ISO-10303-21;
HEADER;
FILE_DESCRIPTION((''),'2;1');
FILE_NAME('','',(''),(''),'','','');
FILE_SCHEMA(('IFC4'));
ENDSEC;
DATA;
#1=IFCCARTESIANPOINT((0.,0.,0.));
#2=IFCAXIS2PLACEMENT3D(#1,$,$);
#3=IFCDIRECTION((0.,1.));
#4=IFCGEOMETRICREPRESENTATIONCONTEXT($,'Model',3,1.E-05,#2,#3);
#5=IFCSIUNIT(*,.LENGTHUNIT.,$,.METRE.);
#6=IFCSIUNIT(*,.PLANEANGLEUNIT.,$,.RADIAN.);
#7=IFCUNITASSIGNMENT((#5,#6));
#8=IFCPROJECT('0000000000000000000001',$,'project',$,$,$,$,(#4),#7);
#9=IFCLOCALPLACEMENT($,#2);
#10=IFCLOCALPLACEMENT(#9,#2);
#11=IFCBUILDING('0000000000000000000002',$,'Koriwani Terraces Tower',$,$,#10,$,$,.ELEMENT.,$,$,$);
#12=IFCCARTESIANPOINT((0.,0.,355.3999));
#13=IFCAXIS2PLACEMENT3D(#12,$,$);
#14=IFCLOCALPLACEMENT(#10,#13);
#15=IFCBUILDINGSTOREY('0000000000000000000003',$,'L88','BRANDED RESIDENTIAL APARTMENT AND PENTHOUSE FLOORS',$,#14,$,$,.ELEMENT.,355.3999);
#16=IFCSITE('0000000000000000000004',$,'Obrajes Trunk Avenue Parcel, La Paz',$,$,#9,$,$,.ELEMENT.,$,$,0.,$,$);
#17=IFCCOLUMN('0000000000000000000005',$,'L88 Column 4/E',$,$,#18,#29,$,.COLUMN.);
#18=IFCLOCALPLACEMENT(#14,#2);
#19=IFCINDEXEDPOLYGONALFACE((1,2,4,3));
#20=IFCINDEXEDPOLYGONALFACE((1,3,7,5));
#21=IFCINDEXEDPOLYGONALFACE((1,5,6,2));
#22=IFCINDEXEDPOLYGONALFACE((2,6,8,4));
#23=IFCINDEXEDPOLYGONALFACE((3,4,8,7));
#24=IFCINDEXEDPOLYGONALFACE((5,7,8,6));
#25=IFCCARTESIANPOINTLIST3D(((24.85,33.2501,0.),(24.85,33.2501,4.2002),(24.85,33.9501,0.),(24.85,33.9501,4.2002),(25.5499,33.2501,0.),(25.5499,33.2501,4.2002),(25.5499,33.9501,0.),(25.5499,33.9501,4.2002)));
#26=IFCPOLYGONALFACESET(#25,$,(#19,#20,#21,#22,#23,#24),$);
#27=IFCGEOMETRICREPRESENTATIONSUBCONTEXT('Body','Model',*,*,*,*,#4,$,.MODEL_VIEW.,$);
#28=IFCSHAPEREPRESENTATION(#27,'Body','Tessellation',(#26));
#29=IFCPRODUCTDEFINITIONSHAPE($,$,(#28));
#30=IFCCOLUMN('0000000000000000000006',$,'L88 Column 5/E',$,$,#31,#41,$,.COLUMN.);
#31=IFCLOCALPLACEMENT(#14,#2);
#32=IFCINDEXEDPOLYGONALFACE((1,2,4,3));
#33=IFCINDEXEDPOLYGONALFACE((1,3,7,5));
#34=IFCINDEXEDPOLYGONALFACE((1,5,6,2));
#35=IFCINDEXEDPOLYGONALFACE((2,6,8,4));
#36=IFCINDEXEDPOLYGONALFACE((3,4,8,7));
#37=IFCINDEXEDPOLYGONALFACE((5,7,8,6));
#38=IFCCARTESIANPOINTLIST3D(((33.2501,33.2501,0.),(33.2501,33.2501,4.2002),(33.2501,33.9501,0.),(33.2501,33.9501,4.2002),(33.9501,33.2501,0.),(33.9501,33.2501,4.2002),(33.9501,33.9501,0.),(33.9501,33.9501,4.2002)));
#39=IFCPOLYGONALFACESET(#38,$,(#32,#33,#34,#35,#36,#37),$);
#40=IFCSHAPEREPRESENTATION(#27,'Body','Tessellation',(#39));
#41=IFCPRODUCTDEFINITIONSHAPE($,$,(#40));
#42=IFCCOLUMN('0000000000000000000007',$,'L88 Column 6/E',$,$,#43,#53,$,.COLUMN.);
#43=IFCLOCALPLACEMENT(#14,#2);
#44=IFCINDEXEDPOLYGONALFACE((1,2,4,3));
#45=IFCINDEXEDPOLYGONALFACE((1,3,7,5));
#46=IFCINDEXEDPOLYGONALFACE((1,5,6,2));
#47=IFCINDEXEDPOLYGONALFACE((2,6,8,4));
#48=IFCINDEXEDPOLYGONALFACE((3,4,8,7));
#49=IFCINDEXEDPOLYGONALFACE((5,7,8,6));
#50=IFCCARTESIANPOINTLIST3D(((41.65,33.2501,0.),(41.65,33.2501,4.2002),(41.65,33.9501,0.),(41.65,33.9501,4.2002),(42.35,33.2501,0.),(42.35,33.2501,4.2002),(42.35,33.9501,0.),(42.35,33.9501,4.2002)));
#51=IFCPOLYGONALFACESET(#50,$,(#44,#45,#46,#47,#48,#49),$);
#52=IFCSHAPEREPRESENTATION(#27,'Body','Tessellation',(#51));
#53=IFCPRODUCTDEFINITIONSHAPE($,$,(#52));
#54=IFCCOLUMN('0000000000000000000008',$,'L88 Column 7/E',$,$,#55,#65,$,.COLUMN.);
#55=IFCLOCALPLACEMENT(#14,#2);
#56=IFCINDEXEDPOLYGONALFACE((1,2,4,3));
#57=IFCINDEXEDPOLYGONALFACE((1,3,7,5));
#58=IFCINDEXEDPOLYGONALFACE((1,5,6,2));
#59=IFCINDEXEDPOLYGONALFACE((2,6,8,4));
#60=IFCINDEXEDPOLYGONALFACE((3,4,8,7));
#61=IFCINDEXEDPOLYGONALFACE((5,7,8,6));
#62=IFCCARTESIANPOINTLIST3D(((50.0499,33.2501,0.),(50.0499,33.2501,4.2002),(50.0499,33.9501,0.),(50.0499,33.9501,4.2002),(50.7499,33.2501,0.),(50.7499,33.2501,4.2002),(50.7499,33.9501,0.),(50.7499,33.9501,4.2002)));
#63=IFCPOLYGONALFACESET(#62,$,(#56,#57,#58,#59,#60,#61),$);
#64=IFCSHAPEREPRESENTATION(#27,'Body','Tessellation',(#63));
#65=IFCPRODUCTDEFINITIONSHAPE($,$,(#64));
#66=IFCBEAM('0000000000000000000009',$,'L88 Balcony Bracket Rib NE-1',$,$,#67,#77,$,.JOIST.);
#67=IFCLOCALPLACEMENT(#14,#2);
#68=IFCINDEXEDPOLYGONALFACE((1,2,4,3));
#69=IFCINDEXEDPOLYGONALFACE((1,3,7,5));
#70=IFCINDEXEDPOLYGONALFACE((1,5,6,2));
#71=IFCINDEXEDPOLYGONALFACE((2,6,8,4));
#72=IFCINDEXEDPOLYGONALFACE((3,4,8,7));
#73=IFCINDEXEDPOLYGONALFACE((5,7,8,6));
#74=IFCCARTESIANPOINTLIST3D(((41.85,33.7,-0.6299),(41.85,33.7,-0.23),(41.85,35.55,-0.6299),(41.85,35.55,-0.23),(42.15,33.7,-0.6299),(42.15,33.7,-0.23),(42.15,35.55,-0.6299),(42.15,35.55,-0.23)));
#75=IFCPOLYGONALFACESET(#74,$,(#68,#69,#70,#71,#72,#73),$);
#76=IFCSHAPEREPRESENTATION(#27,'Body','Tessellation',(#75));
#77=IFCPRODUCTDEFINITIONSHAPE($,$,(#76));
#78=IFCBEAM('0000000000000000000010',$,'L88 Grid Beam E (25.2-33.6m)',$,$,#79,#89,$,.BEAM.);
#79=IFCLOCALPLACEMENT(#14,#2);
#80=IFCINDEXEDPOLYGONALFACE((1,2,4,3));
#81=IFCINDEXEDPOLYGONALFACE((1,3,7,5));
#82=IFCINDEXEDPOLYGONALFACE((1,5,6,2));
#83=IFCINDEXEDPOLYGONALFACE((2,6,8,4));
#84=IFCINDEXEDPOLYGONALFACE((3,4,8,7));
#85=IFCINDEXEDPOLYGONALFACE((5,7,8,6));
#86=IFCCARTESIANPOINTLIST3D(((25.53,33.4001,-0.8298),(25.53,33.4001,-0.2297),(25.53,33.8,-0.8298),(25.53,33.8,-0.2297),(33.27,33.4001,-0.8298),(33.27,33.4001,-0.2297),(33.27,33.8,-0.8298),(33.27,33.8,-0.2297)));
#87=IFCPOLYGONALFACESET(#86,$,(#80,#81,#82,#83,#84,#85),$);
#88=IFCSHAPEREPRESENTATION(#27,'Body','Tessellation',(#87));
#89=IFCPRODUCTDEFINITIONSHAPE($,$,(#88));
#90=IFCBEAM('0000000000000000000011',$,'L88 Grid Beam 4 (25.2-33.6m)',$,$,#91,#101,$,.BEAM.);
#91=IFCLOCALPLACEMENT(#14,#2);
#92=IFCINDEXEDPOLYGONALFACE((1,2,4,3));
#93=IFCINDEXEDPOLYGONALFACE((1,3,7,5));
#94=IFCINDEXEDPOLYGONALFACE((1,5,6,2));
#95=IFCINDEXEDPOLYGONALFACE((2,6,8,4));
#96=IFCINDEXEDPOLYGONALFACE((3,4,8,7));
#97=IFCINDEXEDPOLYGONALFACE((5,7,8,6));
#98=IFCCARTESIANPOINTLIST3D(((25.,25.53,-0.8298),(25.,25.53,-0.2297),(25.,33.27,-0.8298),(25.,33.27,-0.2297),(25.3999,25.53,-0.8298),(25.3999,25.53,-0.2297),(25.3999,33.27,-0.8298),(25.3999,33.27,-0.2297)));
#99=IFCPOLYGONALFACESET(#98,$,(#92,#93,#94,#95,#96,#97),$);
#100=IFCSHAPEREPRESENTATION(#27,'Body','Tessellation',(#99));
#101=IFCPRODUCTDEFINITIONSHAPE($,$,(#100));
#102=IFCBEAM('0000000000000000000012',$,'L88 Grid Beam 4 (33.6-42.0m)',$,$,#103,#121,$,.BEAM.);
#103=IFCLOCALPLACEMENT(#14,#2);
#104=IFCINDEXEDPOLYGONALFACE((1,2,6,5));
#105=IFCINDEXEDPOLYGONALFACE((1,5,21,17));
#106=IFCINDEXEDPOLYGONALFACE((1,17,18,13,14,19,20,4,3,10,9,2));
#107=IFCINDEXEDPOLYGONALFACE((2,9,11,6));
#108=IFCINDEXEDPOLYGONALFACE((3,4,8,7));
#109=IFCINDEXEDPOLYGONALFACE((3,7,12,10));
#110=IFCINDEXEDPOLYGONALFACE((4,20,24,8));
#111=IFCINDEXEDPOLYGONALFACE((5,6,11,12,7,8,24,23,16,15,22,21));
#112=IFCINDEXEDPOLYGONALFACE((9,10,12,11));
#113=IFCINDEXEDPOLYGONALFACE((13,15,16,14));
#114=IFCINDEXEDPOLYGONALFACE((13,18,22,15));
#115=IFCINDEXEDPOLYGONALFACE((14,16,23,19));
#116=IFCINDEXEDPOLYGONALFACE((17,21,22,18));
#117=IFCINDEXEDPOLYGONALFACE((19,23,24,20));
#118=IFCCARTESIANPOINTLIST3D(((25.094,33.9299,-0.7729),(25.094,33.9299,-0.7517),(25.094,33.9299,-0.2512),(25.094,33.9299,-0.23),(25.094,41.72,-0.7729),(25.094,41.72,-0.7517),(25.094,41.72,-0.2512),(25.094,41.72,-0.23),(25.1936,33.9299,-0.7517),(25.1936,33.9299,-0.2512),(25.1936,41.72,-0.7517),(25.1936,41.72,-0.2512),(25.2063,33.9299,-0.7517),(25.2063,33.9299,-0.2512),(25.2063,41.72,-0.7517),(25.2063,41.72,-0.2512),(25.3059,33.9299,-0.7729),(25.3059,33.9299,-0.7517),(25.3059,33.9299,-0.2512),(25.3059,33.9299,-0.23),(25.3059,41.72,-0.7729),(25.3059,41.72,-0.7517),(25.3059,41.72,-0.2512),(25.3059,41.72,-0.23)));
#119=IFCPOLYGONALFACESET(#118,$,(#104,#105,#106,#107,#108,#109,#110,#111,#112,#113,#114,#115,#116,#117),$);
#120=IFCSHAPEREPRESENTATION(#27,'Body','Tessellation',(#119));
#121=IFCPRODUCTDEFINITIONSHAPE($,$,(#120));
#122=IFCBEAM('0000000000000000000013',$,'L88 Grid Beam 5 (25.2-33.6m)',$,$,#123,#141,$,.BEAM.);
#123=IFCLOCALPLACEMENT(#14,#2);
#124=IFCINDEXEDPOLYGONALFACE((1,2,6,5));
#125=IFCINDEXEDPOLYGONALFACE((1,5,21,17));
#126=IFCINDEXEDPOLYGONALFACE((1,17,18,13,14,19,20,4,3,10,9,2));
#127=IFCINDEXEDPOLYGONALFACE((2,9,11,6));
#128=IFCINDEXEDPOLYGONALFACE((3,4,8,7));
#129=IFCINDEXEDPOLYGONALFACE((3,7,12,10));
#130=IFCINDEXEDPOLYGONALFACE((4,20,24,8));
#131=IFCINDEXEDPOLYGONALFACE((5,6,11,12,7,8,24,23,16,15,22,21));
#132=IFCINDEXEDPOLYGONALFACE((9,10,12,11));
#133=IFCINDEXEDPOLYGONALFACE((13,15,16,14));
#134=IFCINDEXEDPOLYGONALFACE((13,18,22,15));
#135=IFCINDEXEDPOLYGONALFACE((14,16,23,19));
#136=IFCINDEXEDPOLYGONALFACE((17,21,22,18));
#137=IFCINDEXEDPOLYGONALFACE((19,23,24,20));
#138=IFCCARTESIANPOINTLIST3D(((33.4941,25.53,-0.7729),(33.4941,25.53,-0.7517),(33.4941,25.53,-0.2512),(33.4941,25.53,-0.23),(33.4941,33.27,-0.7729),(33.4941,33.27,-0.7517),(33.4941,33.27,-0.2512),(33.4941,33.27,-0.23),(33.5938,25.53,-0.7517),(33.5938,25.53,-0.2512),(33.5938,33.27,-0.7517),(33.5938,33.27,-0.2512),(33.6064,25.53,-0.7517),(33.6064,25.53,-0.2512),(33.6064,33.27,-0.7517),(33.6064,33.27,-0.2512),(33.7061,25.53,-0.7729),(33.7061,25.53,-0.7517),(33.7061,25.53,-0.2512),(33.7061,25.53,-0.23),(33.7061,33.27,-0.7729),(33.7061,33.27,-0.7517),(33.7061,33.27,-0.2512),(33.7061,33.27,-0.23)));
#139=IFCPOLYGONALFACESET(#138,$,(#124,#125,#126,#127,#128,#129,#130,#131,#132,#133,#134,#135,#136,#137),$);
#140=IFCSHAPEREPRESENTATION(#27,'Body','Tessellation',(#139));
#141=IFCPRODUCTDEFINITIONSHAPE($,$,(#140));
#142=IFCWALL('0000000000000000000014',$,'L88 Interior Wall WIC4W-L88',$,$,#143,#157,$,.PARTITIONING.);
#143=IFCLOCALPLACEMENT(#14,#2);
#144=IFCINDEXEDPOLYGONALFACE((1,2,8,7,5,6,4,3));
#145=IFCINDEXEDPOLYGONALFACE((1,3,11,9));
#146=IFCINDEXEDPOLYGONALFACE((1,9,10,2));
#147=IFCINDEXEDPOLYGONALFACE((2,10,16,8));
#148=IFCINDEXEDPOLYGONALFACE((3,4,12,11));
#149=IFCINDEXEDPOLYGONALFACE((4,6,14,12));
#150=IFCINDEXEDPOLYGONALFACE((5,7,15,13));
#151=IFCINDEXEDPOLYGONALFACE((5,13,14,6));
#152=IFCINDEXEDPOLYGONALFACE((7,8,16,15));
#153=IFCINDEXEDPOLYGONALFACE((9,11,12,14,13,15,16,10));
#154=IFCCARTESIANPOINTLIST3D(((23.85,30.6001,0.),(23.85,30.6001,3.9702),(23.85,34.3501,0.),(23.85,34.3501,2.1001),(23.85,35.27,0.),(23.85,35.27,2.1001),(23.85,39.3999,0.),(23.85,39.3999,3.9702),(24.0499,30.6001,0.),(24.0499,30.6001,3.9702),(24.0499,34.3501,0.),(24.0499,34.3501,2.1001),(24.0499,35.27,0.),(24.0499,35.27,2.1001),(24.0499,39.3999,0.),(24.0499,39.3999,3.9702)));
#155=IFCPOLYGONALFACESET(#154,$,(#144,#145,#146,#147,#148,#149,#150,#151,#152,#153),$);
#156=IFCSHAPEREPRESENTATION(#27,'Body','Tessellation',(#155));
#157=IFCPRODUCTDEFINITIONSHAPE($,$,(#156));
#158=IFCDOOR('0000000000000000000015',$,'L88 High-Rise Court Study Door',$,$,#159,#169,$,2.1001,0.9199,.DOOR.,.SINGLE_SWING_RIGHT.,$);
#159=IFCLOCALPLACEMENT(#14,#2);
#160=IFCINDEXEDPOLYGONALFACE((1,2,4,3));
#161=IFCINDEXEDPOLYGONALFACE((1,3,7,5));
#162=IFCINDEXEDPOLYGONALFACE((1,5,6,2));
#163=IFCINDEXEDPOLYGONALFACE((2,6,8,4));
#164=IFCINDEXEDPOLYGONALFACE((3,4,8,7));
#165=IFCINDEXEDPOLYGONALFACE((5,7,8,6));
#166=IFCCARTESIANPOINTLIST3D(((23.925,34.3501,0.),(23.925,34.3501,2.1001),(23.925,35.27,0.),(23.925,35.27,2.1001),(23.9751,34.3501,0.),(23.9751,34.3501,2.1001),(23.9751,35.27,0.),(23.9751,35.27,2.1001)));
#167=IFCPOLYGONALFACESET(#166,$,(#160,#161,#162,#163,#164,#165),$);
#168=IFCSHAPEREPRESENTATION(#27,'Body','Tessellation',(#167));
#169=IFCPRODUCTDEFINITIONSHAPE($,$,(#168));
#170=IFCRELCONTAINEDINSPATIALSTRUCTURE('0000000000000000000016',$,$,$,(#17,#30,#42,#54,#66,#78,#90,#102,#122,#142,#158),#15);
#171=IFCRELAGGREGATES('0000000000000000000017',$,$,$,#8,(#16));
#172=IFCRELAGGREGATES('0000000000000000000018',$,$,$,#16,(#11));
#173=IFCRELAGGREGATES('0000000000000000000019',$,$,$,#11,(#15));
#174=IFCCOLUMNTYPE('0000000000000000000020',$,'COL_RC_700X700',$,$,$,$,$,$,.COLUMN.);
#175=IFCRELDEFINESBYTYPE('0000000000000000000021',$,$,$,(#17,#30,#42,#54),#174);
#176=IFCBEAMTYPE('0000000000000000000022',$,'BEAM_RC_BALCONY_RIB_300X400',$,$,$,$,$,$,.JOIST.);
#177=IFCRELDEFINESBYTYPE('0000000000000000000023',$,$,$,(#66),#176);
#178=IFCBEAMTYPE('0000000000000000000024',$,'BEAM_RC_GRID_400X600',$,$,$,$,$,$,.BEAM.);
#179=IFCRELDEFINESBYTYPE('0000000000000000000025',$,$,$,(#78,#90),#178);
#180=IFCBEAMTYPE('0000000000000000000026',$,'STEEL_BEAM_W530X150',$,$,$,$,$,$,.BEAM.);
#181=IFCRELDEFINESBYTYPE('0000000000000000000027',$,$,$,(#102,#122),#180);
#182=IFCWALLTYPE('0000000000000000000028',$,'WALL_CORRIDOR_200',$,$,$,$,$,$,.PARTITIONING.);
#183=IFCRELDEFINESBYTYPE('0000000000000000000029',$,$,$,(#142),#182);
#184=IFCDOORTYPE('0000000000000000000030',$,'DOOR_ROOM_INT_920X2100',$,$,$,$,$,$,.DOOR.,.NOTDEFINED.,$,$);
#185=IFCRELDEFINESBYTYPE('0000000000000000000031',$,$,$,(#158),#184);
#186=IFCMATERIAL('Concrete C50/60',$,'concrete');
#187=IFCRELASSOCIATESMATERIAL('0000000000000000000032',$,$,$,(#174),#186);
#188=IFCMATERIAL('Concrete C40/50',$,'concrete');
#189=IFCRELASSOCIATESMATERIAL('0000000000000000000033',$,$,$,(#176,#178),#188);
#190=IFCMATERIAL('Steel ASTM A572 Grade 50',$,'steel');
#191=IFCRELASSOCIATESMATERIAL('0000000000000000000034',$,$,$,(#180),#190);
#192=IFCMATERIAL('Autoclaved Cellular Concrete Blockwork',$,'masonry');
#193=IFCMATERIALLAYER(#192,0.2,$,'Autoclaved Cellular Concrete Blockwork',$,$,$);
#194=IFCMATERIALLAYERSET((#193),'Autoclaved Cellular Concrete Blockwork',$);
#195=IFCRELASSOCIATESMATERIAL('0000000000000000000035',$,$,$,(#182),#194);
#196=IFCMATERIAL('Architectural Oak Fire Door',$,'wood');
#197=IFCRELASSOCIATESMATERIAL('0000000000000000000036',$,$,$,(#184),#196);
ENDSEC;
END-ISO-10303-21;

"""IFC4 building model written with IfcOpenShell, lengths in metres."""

from ifc_helpers import new_model, si_unit, direction, frame, frame_2d, origin, origin_2d, place, context, subcontext, project, spatial, rectangle, i_section, extrude, material, layer, layer_set, material_profile, profile_set, type_object, element, fill, save


model = new_model("IFC4")

# Units and contexts
model_context = context("Model", 3, precision=1e-05, world=origin(), true_north=direction((0.0, 1.0)))
body_context = subcontext(model_context, "Body", "Model", "MODEL_VIEW")
ifc_project = project(units=[si_unit("LENGTHUNIT", "METRE"), si_unit("PLANEANGLEUNIT", "RADIAN")], contexts=[model_context])

# Site, building, storey
site_placement = place(None, origin())
site = spatial("IfcSite", under=ifc_project, at=site_placement, Name="Obrajes Trunk Avenue Parcel, La Paz", CompositionType="ELEMENT", RefElevation=0.0)
building_placement = place(site_placement, origin())
building = spatial("IfcBuilding", under=site, at=building_placement, Name="Koriwani Terraces Tower", CompositionType="ELEMENT")
storey_placement = place(building_placement, frame((0.0, 0.0, 355.3999)))
storey = spatial("IfcBuildingStorey", under=building, at=storey_placement, Name="L88", Description="BRANDED RESIDENTIAL APARTMENT AND PENTHOUSE FLOORS", CompositionType="ELEMENT", Elevation=355.3999)

# Columns
ifc_material_1 = material(Name="Concrete C50/60", Category="concrete")
ifc_material_profile_1 = material_profile(ifc_material_1, rectangle(XDim=0.7, YDim=0.7, at=origin_2d()), Name="Concrete C50/60", Category="LoadBearing")
ifc_profile_set_1 = profile_set([ifc_material_profile_1], Name="Concrete C50/60")
column_type = type_object("IfcColumnType", Name="COL_RC_700X700", PredefinedType="COLUMN", material=ifc_profile_set_1)
for number, where, z_axis, x_axis, name in (
    (1, (25.2, 33.6001, 0.0), (0.0, 0.0, 1.0), (1.0, 0.0, 0.0), "L88 Column 4/E"),
    (2, (33.6001, 33.6001, 0.0), (0.0, 0.0, 1.0), (1.0, 0.0, 0.0), "L88 Column 5/E"),
    (3, (42.0, 33.6001, 0.0), (0.0, 0.0, 1.0), (1.0, 0.0, 0.0), "L88 Column 6/E"),
    (4, (50.3999, 33.6001, 0.0), (0.0, 0.0, 1.0), (1.0, 0.0, 0.0), "L88 Column 7/E"),
):
    element("IfcColumn", number, at=place(storey_placement, frame(where, z_axis=z_axis, x_axis=x_axis)), inside=storey, type_object=column_type, Name=name, PredefinedType="COLUMN", context=body_context, shape_type="SweptSolid", body=[
        extrude(rectangle(XDim=0.7, YDim=0.7, at=origin_2d()), origin(), (0.0, 0.0, 1.0), 4.2002),
    ])

# Beams
ifc_material_2 = material(Name="Concrete C40/50", Category="concrete")
ifc_material_profile_2 = material_profile(ifc_material_2, rectangle(XDim=0.3, YDim=0.3999, at=origin_2d()), Name="Concrete C40/50", Category="LoadBearing")
ifc_profile_set_2 = profile_set([ifc_material_profile_2], Name="Concrete C40/50")
beam_type_1 = type_object("IfcBeamType", Name="BEAM_RC_BALCONY_RIB_300X400", PredefinedType="JOIST", material=ifc_profile_set_2)
beam_1_placement = place(storey_placement, frame((42.0, 33.7, -0.4299), z_axis=(0.0, 1.0, 0.0), x_axis=(-1.0, 0.0, 0.0)))
element("IfcBeam", 5, at=beam_1_placement, inside=storey, type_object=beam_type_1, Name="L88 Balcony Bracket Rib NE-1", PredefinedType="JOIST", context=body_context, shape_type="SweptSolid", body=[
    extrude(rectangle(XDim=0.3, YDim=0.3999, at=origin_2d()), origin(), (0.0, 0.0, 1.0), 1.8501),
])
ifc_material_profile_3 = material_profile(ifc_material_2, rectangle(XDim=0.3999, YDim=0.6001, at=origin_2d()), Name="Concrete C40/50", Category="LoadBearing")
ifc_profile_set_3 = profile_set([ifc_material_profile_3], Name="Concrete C40/50")
beam_type_2 = type_object("IfcBeamType", Name="BEAM_RC_GRID_400X600", PredefinedType="BEAM", material=ifc_profile_set_3)
for number, where, z_axis, x_axis, name in (
    (6, (25.53, 33.6001, -0.5298), (1.0, 0.0, 0.0), (0.0, 1.0, 0.0), "L88 Grid Beam E (25.2-33.6m)"),
    (7, (25.2, 25.53, -0.5298), (0.0, 1.0, 0.0), (-1.0, 0.0, 0.0), "L88 Grid Beam 4 (25.2-33.6m)"),
):
    element("IfcBeam", number, at=place(storey_placement, frame(where, z_axis=z_axis, x_axis=x_axis)), inside=storey, type_object=beam_type_2, Name=name, PredefinedType="BEAM", context=body_context, shape_type="SweptSolid", body=[
        extrude(rectangle(XDim=0.3999, YDim=0.6001, at=origin_2d()), origin(), (0.0, 0.0, 1.0), 7.74),
    ])
ifc_material_3 = material(Name="Steel ASTM A572 Grade 50", Category="steel")
ifc_material_profile_4 = material_profile(ifc_material_3, i_section(OverallWidth=0.2119, OverallDepth=0.543, WebThickness=0.0127, FlangeThickness=0.0212, at=origin_2d()), Name="Steel ASTM A572 Grade 50", Category="LoadBearing")
ifc_profile_set_4 = profile_set([ifc_material_profile_4], Name="Steel ASTM A572 Grade 50")
beam_type_3 = type_object("IfcBeamType", Name="STEEL_BEAM_W530X150", PredefinedType="BEAM", material=ifc_profile_set_4)
beam_2_placement = place(storey_placement, frame((25.2, 33.9299, -0.5015), z_axis=(0.0, 1.0, 0.0), x_axis=(-1.0, 0.0, 0.0)))
element("IfcBeam", 8, at=beam_2_placement, inside=storey, type_object=beam_type_3, Name="L88 Grid Beam 4 (33.6-42.0m)", PredefinedType="BEAM", context=body_context, shape_type="SweptSolid", body=[
    extrude(i_section(OverallWidth=0.2119, OverallDepth=0.543, WebThickness=0.0127, FlangeThickness=0.0212, at=origin_2d()), origin(), (0.0, 0.0, 1.0), 7.79),
])
beam_3_placement = place(storey_placement, frame((33.6001, 25.53, -0.5015), z_axis=(0.0, 1.0, 0.0), x_axis=(-1.0, 0.0, 0.0)))
element("IfcBeam", 9, at=beam_3_placement, inside=storey, type_object=beam_type_3, Name="L88 Grid Beam 5 (25.2-33.6m)", PredefinedType="BEAM", context=body_context, shape_type="SweptSolid", body=[
    extrude(i_section(OverallWidth=0.2119, OverallDepth=0.543, WebThickness=0.0127, FlangeThickness=0.0212, at=origin_2d()), origin(), (0.0, 0.0, 1.0), 7.74),
])

# Wall, opening, door
ifc_material_4 = material(Name="Autoclaved Cellular Concrete Blockwork", Category="masonry")
ifc_layer_1 = layer(ifc_material_4, 0.2, Name="Autoclaved Cellular Concrete Blockwork")
ifc_layer_set_1 = layer_set([ifc_layer_1], Name="Autoclaved Cellular Concrete Blockwork")
wall_type_1 = type_object("IfcWallType", Name="WALL_CORRIDOR_200", PredefinedType="PARTITIONING", material=ifc_layer_set_1)
wall_1_placement = place(storey_placement, frame((23.95, 30.6001, 0.0), z_axis=(0.0, 0.0, 1.0), x_axis=(0.0, 1.0, 0.0)))
wall_1 = element("IfcWall", 10, at=wall_1_placement, inside=storey, type_object=wall_type_1, Name="L88 Interior Wall WIC4W-L88", PredefinedType="PARTITIONING", context=body_context, shape_type="SweptSolid", body=[
    extrude(rectangle(XDim=8.7998, YDim=0.2, at=frame_2d((4.3999, 0.0))), origin(), (0.0, 0.0, 1.0), 3.9702),
])
opening_1_placement = place(wall_1_placement, frame((3.75, 0.0, 0.0)))
opening_1 = element("IfcOpeningElement", 11, at=opening_1_placement, cuts=wall_1, PredefinedType="OPENING", context=body_context, shape_type="SweptSolid", body=[
    extrude(rectangle(XDim=0.9199, YDim=2.1001, at=frame_2d((0.46, 1.05))), frame((0.0, 0.1099, 0.0), z_axis=(0.0, -1.0, 0.0), x_axis=(1.0, 0.0, 0.0)), (0.0, 0.0, 1.0), 0.22),
])
ifc_material_5 = material(Name="Architectural Oak Fire Door", Category="wood")
door_type_1 = type_object("IfcDoorType", Name="DOOR_ROOM_INT_920X2100", OperationType="NOTDEFINED", PredefinedType="DOOR", material=ifc_material_5)
door_1_placement = place(opening_1_placement, origin())
door_1 = element("IfcDoor", 12, at=door_1_placement, inside=storey, type_object=door_type_1, Name="L88 High-Rise Court Study Door", OperationType="SINGLE_SWING_RIGHT", OverallHeight=2.1001, OverallWidth=0.9199, PredefinedType="DOOR", context=body_context, shape_type="SweptSolid", body=[
    extrude(rectangle(XDim=0.9199, YDim=2.1001, at=frame_2d((0.46, 1.05))), frame((0.0, 0.0249, 0.0), z_axis=(0.0, -1.0, 0.0), x_axis=(1.0, 0.0, 0.0)), (0.0, 0.0, 1.0), 0.05),
])
fill(opening_1, door_1)

save(model, "model.ifc")
